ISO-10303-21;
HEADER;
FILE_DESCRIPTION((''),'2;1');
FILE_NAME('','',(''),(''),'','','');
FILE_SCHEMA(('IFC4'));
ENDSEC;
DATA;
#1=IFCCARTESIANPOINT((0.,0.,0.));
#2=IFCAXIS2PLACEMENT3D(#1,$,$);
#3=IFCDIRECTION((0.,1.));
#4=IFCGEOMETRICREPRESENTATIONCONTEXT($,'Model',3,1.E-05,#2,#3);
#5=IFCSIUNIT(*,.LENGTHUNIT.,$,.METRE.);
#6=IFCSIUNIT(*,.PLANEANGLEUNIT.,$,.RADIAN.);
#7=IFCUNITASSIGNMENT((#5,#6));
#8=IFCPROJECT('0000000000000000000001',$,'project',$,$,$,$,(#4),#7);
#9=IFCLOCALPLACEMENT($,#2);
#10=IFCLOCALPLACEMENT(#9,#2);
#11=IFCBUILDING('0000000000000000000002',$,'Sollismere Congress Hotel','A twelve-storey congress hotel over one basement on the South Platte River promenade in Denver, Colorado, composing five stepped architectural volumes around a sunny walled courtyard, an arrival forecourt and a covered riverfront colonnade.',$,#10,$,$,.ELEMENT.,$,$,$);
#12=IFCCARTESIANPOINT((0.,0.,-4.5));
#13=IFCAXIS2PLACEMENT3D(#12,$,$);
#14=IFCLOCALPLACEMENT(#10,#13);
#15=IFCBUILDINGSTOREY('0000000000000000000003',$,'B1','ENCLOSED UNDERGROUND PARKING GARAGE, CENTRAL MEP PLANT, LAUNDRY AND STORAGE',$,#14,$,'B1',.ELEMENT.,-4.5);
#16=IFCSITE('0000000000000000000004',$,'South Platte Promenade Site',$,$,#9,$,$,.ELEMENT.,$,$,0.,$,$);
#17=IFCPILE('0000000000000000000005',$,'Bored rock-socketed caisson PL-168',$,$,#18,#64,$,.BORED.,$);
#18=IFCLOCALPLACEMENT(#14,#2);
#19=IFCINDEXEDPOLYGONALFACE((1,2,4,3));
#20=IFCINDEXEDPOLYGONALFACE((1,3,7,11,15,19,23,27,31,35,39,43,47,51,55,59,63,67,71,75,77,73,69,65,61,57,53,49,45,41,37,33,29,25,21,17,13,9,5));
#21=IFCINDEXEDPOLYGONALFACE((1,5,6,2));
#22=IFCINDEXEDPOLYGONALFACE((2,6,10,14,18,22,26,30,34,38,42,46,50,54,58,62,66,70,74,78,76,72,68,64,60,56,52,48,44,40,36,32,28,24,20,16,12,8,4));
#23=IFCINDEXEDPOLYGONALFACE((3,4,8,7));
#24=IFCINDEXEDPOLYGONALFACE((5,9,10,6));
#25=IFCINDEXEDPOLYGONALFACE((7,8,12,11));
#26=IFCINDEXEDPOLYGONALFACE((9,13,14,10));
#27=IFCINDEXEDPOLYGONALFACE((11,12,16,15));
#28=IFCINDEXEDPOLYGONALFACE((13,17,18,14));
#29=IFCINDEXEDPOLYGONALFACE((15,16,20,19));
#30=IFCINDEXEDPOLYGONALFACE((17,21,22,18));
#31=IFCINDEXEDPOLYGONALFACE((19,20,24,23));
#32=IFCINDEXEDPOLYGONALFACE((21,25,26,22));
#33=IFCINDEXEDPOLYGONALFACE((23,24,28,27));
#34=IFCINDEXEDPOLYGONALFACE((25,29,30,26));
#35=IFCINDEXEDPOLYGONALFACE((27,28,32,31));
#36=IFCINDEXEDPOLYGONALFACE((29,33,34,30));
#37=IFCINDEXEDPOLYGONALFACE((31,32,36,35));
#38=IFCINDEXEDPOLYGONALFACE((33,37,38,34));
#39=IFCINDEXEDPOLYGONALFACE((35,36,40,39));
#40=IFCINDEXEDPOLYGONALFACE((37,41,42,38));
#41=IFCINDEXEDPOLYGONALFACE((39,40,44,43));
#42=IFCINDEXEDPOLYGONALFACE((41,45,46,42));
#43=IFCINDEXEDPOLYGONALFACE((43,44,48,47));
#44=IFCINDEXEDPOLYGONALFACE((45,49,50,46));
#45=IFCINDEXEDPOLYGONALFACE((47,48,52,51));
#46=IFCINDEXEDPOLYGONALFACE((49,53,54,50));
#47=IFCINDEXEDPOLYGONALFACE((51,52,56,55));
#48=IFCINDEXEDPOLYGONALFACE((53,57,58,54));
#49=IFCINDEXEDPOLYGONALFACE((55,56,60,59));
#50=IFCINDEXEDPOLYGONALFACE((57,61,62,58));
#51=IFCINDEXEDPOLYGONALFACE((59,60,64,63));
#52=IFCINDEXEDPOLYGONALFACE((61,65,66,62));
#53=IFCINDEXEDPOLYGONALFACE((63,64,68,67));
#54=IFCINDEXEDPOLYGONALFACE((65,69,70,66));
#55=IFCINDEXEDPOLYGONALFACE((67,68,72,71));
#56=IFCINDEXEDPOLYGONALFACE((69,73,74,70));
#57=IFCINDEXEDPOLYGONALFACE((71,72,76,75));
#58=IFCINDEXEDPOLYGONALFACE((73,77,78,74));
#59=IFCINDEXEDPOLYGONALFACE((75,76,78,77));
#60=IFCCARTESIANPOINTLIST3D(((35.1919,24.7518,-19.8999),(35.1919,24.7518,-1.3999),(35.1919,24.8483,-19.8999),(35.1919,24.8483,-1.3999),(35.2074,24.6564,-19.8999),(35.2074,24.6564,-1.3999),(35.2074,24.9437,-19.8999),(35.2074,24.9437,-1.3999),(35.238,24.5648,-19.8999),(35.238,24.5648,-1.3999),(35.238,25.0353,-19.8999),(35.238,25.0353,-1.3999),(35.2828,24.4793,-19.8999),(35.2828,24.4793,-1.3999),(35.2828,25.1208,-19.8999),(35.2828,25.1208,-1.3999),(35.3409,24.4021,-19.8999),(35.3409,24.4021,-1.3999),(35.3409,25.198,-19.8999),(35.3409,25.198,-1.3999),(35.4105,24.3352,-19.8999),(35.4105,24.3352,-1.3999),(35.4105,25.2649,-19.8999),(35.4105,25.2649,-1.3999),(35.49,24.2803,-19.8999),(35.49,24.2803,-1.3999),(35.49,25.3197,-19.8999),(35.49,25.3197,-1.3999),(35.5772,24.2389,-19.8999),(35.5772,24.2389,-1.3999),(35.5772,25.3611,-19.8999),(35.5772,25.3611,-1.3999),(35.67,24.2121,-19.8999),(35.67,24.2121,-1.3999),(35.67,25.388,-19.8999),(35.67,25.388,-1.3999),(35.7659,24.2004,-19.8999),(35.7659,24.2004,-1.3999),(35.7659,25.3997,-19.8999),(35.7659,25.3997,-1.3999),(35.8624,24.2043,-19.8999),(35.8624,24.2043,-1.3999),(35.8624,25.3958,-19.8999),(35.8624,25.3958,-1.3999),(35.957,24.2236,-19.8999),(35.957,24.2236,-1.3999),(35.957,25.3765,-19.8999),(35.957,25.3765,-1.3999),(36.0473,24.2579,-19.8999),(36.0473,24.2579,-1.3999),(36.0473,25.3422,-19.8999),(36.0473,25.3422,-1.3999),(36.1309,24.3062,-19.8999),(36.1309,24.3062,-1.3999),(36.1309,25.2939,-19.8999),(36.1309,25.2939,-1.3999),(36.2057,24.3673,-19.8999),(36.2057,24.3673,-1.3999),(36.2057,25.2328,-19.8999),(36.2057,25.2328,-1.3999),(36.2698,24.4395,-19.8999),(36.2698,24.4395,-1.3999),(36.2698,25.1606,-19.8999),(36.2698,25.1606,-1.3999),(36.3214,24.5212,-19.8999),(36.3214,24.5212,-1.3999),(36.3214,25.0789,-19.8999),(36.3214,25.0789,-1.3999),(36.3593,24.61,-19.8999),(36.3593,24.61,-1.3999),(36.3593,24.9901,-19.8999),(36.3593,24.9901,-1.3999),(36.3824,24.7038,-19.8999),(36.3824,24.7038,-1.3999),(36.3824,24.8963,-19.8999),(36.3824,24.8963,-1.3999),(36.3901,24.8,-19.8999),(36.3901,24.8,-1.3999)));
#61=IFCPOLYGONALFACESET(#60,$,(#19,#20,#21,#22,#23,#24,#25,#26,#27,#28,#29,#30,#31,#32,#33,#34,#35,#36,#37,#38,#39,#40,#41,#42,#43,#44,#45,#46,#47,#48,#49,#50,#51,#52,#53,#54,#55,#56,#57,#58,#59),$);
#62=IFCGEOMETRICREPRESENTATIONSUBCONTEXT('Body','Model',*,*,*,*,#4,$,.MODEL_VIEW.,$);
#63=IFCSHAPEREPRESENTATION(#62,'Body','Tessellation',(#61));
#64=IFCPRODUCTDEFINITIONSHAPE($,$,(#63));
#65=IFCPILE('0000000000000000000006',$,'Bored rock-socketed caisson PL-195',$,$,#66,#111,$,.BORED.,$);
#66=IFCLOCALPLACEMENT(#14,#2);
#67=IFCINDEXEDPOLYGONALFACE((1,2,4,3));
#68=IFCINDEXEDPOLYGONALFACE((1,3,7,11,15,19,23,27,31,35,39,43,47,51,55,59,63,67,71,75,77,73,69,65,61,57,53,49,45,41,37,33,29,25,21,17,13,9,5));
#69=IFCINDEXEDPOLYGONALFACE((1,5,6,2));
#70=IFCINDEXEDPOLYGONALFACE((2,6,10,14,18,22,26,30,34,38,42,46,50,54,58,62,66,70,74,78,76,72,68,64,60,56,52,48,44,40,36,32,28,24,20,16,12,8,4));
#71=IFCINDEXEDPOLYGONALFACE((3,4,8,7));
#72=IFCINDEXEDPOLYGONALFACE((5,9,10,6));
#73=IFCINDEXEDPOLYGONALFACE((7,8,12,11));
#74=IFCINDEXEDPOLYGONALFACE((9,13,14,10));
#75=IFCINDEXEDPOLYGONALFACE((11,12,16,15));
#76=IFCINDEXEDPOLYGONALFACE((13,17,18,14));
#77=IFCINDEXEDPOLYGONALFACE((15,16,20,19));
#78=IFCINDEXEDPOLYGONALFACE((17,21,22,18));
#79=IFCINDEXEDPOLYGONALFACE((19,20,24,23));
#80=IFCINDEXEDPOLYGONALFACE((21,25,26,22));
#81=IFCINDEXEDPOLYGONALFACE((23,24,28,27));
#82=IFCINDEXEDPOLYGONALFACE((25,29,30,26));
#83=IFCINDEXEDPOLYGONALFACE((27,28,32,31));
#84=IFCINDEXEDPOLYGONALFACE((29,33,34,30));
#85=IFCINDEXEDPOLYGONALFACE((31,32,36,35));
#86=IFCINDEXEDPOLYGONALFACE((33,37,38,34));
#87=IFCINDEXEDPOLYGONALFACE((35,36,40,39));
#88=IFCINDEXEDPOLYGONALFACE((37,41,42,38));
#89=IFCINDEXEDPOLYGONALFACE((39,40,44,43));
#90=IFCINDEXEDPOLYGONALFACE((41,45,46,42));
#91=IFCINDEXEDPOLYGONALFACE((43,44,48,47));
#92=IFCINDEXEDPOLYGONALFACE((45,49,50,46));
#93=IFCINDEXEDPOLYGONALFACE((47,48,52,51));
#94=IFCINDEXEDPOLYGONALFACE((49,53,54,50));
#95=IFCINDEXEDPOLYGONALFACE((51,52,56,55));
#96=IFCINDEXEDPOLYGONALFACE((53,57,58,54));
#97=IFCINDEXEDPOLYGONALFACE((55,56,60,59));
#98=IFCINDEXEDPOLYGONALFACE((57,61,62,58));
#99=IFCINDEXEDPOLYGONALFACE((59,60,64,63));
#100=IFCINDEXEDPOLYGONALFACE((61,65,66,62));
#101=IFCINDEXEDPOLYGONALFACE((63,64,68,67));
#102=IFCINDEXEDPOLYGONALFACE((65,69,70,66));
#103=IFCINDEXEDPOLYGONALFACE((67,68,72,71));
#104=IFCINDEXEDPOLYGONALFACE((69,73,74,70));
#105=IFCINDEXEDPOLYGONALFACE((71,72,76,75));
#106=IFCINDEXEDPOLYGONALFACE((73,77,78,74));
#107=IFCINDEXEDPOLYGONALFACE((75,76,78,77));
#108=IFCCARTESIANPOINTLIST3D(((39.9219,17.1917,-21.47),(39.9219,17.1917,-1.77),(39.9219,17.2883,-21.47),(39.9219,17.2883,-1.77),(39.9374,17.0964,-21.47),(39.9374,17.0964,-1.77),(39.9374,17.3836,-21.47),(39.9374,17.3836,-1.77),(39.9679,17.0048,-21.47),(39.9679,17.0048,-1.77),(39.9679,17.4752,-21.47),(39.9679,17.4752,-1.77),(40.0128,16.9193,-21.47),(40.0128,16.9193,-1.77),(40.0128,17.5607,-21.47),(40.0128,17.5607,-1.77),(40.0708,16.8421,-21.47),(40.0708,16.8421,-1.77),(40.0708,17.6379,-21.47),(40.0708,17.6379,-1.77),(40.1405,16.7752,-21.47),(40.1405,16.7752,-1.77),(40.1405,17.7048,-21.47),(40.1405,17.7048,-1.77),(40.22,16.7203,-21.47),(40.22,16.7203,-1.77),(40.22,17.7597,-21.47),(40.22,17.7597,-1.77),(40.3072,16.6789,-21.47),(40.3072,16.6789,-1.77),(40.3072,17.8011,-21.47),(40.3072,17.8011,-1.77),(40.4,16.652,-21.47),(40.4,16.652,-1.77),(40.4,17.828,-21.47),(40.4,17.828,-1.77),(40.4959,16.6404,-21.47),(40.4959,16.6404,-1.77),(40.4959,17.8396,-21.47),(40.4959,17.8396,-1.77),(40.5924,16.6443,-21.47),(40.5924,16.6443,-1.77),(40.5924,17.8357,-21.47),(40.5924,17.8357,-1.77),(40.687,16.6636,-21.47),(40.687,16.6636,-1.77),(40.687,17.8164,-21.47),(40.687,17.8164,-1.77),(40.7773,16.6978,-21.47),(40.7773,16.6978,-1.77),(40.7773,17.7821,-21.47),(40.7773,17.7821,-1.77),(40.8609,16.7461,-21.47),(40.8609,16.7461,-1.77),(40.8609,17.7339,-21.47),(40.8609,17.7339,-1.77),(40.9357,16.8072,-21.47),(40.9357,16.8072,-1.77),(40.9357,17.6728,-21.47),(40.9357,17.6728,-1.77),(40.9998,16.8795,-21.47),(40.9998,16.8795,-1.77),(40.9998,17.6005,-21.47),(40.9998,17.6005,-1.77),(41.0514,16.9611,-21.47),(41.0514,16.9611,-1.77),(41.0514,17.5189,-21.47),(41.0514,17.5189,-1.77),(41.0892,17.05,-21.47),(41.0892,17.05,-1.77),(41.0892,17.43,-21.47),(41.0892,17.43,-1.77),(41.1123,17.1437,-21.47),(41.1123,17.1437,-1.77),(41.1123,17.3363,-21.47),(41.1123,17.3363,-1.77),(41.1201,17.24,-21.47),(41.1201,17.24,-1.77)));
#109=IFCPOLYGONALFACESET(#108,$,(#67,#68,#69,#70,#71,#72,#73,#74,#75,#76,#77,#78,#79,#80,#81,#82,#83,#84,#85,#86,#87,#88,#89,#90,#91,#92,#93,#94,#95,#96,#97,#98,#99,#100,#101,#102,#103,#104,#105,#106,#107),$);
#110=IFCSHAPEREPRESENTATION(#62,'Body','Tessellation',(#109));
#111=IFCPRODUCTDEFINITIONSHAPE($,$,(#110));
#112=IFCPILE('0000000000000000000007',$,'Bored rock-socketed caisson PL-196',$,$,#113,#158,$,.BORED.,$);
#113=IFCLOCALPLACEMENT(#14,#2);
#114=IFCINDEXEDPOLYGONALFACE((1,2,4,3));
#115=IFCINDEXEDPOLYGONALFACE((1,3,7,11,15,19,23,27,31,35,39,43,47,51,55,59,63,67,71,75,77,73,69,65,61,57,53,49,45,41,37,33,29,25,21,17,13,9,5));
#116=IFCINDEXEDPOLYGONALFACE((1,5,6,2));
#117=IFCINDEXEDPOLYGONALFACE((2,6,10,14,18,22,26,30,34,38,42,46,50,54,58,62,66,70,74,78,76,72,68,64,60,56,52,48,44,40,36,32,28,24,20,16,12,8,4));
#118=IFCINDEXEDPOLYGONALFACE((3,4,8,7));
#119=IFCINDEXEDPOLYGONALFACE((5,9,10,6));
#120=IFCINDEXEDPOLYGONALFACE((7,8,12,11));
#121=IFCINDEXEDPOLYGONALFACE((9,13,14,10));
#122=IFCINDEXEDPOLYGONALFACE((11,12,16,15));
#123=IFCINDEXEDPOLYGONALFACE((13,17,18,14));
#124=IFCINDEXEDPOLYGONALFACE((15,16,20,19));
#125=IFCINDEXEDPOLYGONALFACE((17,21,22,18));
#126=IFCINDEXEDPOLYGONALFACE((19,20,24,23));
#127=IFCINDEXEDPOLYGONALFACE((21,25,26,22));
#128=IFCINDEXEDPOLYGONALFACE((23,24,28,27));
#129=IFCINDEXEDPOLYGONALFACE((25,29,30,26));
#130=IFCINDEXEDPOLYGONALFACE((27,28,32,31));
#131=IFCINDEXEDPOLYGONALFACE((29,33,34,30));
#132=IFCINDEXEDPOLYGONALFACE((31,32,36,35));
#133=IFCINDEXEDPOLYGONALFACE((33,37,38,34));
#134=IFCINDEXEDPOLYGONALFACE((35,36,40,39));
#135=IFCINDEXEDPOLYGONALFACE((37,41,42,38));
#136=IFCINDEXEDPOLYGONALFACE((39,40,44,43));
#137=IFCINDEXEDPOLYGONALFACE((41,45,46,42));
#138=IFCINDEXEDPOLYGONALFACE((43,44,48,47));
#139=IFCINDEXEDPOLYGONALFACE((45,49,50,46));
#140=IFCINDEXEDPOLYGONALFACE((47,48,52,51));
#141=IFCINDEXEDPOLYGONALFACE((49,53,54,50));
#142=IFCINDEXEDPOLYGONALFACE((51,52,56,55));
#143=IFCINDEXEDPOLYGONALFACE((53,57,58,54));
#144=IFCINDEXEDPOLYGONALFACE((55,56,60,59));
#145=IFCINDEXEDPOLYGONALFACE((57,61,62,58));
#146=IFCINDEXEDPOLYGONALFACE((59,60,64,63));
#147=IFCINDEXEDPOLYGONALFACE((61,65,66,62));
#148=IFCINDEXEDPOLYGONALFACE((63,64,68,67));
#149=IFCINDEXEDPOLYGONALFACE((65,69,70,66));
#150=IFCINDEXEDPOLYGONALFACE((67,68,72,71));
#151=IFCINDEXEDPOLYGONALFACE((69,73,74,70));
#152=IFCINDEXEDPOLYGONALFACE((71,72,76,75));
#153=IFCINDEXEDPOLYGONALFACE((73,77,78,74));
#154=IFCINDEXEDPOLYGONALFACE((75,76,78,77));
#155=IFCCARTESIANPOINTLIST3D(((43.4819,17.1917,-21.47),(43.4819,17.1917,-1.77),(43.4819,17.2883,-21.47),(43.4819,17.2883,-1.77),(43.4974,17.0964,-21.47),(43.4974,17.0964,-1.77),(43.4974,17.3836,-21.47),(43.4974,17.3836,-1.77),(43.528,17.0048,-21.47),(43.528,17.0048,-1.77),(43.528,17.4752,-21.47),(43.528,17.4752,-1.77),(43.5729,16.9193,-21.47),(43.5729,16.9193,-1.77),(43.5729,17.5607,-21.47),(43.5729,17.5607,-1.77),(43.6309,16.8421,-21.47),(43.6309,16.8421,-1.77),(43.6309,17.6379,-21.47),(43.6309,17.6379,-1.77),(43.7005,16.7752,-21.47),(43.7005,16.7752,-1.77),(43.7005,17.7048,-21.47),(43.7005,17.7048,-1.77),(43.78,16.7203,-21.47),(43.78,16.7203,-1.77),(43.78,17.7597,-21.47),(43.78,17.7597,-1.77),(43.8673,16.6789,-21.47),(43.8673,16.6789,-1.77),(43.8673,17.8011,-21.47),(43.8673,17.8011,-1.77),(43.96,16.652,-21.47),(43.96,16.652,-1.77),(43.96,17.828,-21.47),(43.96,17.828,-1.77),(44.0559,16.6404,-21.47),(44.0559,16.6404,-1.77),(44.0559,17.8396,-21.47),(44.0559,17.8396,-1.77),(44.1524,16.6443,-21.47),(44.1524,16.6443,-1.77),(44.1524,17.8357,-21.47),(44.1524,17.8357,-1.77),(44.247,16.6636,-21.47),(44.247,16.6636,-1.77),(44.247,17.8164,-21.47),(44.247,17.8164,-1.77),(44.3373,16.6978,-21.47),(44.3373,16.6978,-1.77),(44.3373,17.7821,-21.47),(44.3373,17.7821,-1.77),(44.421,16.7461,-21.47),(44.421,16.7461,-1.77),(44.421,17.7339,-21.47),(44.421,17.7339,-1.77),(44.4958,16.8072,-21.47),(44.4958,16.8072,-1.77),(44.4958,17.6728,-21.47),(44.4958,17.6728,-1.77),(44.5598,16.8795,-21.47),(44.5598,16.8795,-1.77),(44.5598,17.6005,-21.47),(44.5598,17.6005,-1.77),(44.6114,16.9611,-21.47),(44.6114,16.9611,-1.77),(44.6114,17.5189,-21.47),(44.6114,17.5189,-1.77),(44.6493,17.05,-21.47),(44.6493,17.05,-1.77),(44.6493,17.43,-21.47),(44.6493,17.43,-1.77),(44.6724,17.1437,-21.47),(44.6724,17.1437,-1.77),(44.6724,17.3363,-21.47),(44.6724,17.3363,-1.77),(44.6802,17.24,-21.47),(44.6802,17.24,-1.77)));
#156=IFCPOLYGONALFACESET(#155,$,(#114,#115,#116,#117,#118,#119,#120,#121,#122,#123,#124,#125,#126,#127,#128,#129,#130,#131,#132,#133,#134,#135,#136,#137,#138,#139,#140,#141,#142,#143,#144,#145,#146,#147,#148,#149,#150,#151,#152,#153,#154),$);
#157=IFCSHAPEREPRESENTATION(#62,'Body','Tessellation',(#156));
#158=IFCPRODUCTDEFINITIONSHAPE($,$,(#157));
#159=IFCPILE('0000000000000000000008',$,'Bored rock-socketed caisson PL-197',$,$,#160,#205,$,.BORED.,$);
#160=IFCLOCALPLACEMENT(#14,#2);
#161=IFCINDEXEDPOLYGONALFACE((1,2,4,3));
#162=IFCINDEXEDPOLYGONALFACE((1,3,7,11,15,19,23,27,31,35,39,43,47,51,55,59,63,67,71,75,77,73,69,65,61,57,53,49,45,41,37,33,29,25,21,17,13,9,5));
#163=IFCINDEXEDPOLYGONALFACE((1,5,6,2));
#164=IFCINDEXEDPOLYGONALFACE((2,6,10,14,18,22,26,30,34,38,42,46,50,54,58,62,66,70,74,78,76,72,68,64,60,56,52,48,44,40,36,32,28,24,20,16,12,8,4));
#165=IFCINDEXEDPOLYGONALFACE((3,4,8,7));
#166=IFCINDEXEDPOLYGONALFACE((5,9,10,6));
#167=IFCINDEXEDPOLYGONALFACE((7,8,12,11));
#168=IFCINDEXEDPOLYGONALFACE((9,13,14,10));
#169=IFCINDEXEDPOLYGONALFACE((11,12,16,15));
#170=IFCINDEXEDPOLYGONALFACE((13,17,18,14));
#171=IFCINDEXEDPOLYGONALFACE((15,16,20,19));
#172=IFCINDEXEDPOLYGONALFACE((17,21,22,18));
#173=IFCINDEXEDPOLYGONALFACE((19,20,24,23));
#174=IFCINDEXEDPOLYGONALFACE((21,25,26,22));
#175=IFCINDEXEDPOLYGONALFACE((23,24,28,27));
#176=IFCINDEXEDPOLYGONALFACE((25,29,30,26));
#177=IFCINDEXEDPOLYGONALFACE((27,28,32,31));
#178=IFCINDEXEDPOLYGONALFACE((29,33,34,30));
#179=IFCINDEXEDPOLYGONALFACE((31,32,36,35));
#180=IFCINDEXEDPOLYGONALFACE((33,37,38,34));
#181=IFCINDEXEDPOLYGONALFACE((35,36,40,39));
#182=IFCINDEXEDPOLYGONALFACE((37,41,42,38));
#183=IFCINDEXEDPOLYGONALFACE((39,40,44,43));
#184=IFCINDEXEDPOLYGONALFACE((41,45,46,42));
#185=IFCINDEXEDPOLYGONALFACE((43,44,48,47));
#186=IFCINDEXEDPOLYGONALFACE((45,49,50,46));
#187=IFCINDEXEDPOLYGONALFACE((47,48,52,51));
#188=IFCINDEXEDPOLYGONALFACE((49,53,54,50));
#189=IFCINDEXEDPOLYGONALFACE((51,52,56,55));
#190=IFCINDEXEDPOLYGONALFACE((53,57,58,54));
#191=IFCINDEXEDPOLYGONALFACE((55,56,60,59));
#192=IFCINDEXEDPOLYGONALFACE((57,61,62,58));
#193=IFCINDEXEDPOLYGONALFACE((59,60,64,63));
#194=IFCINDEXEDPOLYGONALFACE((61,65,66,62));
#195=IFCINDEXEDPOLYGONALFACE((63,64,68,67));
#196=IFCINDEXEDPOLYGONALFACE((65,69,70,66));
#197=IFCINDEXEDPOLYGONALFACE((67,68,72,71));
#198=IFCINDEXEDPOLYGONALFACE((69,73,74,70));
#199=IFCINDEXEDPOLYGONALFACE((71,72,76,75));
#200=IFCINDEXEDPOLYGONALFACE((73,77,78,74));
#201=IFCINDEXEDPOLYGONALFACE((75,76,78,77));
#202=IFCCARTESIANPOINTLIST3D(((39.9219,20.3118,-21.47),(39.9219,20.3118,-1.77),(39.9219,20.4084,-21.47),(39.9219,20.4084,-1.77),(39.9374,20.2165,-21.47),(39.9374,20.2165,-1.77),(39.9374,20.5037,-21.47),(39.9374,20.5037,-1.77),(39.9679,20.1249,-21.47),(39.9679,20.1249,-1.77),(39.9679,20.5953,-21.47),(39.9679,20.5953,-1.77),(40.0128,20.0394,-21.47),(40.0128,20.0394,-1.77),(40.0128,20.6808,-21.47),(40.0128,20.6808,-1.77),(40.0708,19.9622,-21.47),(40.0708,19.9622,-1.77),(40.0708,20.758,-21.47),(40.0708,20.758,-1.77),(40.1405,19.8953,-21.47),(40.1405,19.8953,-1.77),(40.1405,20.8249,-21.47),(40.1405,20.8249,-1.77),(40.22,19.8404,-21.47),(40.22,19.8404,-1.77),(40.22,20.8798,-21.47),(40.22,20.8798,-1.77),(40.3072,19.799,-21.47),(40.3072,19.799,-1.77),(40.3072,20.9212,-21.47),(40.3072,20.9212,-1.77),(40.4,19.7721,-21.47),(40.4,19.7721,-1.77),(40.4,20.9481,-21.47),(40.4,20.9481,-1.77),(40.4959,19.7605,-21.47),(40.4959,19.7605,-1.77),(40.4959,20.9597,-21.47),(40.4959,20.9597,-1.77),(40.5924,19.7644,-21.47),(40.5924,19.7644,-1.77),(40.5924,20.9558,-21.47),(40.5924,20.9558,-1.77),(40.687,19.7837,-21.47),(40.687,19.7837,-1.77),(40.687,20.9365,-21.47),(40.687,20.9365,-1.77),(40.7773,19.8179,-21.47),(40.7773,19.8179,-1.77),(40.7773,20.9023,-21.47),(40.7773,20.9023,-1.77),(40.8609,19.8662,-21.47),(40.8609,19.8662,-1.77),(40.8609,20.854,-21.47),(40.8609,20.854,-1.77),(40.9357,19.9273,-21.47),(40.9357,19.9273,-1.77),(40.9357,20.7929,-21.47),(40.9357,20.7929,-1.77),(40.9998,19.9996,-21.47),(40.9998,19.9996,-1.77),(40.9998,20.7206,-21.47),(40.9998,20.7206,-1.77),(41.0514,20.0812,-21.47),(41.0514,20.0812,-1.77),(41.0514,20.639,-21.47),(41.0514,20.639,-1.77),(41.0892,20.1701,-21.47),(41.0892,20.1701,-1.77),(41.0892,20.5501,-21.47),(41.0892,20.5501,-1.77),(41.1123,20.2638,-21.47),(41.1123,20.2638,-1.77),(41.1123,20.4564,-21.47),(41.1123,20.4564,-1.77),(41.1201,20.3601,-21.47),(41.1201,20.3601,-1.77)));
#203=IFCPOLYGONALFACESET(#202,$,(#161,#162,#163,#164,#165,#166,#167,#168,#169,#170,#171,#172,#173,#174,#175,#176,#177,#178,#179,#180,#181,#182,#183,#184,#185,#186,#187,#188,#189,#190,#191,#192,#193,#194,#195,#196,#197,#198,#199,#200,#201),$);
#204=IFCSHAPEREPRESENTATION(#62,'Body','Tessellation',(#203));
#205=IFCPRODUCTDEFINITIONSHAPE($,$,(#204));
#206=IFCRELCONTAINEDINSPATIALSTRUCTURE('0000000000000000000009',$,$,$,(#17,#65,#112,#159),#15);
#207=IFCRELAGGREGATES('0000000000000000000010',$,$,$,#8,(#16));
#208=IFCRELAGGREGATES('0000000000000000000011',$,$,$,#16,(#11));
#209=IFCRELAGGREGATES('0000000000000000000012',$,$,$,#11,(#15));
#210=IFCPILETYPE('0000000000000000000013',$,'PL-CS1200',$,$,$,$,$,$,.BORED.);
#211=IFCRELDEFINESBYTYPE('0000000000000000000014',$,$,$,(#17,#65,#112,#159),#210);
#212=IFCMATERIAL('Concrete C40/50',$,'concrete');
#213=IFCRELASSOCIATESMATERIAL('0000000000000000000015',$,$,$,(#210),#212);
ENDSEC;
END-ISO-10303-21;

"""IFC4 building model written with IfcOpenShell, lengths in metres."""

from ifc_helpers import new_model, si_unit, direction, frame, origin, origin_2d, place, context, subcontext, project, spatial, circle, extrude, material, material_profile, profile_set, type_object, element, save


model = new_model("IFC4")

# Units and contexts
model_context = context("Model", 3, precision=1e-05, world=origin(), true_north=direction((0.0, 1.0)))
body_context = subcontext(model_context, "Body", "Model", "MODEL_VIEW")
ifc_project = project(units=[si_unit("LENGTHUNIT", "METRE"), si_unit("PLANEANGLEUNIT", "RADIAN")], contexts=[model_context])

# Site, building, storey
site_placement = place(None, origin())
site = spatial("IfcSite", under=ifc_project, at=site_placement, Name="South Platte Promenade Site", CompositionType="ELEMENT", RefElevation=0.0)
building_placement = place(site_placement, origin())
building = spatial("IfcBuilding", under=site, at=building_placement, Name="Sollismere Congress Hotel", Description="A twelve-storey congress hotel over one basement on the South Platte River promenade in Denver, Colorado, composing five stepped architectural volumes around a sunny walled courtyard, an arrival forecourt and a covered riverfront colonnade.", CompositionType="ELEMENT")
storey_placement = place(building_placement, frame((0.0, 0.0, -4.5)))
storey = spatial("IfcBuildingStorey", under=building, at=storey_placement, Name="B1", Description="ENCLOSED UNDERGROUND PARKING GARAGE, CENTRAL MEP PLANT, LAUNDRY AND STORAGE", LongName="B1", CompositionType="ELEMENT", Elevation=-4.5)

# Shared definitions
ifc_material_1 = material(Name="Concrete C40/50", Category="concrete")

# Piles
ifc_material_profile_1 = material_profile(ifc_material_1, circle(Radius=0.6001, at=origin_2d()), Name="CAISSON1200")
ifc_profile_set_1 = profile_set([ifc_material_profile_1], Name="Concrete C40/50")
pile_type = type_object("IfcPileType", Name="PL-CS1200", PredefinedType="BORED", material=ifc_profile_set_1)
pile_placement = place(storey_placement, frame((35.79, 24.8, -1.3999), z_axis=(0.0, 0.0, -1.0), x_axis=(1.0, 0.0, 0.0)))
element("IfcPile", 1, at=pile_placement, inside=storey, type_object=pile_type, Name="Bored rock-socketed caisson PL-168", PredefinedType="BORED", context=body_context, shape_type="SweptSolid", body=[
    extrude(circle(Radius=0.6001, at=origin_2d()), origin(), (0.0, 0.0, 1.0), 18.5),
])
for number, where, z_axis, x_axis, name in (
    (2, (40.52, 17.24, -1.77), (0.0, 0.0, -1.0), (1.0, 0.0, 0.0), "Bored rock-socketed caisson PL-195"),
    (3, (44.0801, 17.24, -1.77), (0.0, 0.0, -1.0), (1.0, 0.0, 0.0), "Bored rock-socketed caisson PL-196"),
    (4, (40.52, 20.3601, -1.77), (0.0, 0.0, -1.0), (1.0, 0.0, 0.0), "Bored rock-socketed caisson PL-197"),
):
    element("IfcPile", number, at=place(storey_placement, frame(where, z_axis=z_axis, x_axis=x_axis)), inside=storey, type_object=pile_type, Name=name, PredefinedType="BORED", context=body_context, shape_type="SweptSolid", body=[
        extrude(circle(Radius=0.6001, at=origin_2d()), origin(), (0.0, 0.0, 1.0), 19.7),
    ])

save(model, "model.ifc")
